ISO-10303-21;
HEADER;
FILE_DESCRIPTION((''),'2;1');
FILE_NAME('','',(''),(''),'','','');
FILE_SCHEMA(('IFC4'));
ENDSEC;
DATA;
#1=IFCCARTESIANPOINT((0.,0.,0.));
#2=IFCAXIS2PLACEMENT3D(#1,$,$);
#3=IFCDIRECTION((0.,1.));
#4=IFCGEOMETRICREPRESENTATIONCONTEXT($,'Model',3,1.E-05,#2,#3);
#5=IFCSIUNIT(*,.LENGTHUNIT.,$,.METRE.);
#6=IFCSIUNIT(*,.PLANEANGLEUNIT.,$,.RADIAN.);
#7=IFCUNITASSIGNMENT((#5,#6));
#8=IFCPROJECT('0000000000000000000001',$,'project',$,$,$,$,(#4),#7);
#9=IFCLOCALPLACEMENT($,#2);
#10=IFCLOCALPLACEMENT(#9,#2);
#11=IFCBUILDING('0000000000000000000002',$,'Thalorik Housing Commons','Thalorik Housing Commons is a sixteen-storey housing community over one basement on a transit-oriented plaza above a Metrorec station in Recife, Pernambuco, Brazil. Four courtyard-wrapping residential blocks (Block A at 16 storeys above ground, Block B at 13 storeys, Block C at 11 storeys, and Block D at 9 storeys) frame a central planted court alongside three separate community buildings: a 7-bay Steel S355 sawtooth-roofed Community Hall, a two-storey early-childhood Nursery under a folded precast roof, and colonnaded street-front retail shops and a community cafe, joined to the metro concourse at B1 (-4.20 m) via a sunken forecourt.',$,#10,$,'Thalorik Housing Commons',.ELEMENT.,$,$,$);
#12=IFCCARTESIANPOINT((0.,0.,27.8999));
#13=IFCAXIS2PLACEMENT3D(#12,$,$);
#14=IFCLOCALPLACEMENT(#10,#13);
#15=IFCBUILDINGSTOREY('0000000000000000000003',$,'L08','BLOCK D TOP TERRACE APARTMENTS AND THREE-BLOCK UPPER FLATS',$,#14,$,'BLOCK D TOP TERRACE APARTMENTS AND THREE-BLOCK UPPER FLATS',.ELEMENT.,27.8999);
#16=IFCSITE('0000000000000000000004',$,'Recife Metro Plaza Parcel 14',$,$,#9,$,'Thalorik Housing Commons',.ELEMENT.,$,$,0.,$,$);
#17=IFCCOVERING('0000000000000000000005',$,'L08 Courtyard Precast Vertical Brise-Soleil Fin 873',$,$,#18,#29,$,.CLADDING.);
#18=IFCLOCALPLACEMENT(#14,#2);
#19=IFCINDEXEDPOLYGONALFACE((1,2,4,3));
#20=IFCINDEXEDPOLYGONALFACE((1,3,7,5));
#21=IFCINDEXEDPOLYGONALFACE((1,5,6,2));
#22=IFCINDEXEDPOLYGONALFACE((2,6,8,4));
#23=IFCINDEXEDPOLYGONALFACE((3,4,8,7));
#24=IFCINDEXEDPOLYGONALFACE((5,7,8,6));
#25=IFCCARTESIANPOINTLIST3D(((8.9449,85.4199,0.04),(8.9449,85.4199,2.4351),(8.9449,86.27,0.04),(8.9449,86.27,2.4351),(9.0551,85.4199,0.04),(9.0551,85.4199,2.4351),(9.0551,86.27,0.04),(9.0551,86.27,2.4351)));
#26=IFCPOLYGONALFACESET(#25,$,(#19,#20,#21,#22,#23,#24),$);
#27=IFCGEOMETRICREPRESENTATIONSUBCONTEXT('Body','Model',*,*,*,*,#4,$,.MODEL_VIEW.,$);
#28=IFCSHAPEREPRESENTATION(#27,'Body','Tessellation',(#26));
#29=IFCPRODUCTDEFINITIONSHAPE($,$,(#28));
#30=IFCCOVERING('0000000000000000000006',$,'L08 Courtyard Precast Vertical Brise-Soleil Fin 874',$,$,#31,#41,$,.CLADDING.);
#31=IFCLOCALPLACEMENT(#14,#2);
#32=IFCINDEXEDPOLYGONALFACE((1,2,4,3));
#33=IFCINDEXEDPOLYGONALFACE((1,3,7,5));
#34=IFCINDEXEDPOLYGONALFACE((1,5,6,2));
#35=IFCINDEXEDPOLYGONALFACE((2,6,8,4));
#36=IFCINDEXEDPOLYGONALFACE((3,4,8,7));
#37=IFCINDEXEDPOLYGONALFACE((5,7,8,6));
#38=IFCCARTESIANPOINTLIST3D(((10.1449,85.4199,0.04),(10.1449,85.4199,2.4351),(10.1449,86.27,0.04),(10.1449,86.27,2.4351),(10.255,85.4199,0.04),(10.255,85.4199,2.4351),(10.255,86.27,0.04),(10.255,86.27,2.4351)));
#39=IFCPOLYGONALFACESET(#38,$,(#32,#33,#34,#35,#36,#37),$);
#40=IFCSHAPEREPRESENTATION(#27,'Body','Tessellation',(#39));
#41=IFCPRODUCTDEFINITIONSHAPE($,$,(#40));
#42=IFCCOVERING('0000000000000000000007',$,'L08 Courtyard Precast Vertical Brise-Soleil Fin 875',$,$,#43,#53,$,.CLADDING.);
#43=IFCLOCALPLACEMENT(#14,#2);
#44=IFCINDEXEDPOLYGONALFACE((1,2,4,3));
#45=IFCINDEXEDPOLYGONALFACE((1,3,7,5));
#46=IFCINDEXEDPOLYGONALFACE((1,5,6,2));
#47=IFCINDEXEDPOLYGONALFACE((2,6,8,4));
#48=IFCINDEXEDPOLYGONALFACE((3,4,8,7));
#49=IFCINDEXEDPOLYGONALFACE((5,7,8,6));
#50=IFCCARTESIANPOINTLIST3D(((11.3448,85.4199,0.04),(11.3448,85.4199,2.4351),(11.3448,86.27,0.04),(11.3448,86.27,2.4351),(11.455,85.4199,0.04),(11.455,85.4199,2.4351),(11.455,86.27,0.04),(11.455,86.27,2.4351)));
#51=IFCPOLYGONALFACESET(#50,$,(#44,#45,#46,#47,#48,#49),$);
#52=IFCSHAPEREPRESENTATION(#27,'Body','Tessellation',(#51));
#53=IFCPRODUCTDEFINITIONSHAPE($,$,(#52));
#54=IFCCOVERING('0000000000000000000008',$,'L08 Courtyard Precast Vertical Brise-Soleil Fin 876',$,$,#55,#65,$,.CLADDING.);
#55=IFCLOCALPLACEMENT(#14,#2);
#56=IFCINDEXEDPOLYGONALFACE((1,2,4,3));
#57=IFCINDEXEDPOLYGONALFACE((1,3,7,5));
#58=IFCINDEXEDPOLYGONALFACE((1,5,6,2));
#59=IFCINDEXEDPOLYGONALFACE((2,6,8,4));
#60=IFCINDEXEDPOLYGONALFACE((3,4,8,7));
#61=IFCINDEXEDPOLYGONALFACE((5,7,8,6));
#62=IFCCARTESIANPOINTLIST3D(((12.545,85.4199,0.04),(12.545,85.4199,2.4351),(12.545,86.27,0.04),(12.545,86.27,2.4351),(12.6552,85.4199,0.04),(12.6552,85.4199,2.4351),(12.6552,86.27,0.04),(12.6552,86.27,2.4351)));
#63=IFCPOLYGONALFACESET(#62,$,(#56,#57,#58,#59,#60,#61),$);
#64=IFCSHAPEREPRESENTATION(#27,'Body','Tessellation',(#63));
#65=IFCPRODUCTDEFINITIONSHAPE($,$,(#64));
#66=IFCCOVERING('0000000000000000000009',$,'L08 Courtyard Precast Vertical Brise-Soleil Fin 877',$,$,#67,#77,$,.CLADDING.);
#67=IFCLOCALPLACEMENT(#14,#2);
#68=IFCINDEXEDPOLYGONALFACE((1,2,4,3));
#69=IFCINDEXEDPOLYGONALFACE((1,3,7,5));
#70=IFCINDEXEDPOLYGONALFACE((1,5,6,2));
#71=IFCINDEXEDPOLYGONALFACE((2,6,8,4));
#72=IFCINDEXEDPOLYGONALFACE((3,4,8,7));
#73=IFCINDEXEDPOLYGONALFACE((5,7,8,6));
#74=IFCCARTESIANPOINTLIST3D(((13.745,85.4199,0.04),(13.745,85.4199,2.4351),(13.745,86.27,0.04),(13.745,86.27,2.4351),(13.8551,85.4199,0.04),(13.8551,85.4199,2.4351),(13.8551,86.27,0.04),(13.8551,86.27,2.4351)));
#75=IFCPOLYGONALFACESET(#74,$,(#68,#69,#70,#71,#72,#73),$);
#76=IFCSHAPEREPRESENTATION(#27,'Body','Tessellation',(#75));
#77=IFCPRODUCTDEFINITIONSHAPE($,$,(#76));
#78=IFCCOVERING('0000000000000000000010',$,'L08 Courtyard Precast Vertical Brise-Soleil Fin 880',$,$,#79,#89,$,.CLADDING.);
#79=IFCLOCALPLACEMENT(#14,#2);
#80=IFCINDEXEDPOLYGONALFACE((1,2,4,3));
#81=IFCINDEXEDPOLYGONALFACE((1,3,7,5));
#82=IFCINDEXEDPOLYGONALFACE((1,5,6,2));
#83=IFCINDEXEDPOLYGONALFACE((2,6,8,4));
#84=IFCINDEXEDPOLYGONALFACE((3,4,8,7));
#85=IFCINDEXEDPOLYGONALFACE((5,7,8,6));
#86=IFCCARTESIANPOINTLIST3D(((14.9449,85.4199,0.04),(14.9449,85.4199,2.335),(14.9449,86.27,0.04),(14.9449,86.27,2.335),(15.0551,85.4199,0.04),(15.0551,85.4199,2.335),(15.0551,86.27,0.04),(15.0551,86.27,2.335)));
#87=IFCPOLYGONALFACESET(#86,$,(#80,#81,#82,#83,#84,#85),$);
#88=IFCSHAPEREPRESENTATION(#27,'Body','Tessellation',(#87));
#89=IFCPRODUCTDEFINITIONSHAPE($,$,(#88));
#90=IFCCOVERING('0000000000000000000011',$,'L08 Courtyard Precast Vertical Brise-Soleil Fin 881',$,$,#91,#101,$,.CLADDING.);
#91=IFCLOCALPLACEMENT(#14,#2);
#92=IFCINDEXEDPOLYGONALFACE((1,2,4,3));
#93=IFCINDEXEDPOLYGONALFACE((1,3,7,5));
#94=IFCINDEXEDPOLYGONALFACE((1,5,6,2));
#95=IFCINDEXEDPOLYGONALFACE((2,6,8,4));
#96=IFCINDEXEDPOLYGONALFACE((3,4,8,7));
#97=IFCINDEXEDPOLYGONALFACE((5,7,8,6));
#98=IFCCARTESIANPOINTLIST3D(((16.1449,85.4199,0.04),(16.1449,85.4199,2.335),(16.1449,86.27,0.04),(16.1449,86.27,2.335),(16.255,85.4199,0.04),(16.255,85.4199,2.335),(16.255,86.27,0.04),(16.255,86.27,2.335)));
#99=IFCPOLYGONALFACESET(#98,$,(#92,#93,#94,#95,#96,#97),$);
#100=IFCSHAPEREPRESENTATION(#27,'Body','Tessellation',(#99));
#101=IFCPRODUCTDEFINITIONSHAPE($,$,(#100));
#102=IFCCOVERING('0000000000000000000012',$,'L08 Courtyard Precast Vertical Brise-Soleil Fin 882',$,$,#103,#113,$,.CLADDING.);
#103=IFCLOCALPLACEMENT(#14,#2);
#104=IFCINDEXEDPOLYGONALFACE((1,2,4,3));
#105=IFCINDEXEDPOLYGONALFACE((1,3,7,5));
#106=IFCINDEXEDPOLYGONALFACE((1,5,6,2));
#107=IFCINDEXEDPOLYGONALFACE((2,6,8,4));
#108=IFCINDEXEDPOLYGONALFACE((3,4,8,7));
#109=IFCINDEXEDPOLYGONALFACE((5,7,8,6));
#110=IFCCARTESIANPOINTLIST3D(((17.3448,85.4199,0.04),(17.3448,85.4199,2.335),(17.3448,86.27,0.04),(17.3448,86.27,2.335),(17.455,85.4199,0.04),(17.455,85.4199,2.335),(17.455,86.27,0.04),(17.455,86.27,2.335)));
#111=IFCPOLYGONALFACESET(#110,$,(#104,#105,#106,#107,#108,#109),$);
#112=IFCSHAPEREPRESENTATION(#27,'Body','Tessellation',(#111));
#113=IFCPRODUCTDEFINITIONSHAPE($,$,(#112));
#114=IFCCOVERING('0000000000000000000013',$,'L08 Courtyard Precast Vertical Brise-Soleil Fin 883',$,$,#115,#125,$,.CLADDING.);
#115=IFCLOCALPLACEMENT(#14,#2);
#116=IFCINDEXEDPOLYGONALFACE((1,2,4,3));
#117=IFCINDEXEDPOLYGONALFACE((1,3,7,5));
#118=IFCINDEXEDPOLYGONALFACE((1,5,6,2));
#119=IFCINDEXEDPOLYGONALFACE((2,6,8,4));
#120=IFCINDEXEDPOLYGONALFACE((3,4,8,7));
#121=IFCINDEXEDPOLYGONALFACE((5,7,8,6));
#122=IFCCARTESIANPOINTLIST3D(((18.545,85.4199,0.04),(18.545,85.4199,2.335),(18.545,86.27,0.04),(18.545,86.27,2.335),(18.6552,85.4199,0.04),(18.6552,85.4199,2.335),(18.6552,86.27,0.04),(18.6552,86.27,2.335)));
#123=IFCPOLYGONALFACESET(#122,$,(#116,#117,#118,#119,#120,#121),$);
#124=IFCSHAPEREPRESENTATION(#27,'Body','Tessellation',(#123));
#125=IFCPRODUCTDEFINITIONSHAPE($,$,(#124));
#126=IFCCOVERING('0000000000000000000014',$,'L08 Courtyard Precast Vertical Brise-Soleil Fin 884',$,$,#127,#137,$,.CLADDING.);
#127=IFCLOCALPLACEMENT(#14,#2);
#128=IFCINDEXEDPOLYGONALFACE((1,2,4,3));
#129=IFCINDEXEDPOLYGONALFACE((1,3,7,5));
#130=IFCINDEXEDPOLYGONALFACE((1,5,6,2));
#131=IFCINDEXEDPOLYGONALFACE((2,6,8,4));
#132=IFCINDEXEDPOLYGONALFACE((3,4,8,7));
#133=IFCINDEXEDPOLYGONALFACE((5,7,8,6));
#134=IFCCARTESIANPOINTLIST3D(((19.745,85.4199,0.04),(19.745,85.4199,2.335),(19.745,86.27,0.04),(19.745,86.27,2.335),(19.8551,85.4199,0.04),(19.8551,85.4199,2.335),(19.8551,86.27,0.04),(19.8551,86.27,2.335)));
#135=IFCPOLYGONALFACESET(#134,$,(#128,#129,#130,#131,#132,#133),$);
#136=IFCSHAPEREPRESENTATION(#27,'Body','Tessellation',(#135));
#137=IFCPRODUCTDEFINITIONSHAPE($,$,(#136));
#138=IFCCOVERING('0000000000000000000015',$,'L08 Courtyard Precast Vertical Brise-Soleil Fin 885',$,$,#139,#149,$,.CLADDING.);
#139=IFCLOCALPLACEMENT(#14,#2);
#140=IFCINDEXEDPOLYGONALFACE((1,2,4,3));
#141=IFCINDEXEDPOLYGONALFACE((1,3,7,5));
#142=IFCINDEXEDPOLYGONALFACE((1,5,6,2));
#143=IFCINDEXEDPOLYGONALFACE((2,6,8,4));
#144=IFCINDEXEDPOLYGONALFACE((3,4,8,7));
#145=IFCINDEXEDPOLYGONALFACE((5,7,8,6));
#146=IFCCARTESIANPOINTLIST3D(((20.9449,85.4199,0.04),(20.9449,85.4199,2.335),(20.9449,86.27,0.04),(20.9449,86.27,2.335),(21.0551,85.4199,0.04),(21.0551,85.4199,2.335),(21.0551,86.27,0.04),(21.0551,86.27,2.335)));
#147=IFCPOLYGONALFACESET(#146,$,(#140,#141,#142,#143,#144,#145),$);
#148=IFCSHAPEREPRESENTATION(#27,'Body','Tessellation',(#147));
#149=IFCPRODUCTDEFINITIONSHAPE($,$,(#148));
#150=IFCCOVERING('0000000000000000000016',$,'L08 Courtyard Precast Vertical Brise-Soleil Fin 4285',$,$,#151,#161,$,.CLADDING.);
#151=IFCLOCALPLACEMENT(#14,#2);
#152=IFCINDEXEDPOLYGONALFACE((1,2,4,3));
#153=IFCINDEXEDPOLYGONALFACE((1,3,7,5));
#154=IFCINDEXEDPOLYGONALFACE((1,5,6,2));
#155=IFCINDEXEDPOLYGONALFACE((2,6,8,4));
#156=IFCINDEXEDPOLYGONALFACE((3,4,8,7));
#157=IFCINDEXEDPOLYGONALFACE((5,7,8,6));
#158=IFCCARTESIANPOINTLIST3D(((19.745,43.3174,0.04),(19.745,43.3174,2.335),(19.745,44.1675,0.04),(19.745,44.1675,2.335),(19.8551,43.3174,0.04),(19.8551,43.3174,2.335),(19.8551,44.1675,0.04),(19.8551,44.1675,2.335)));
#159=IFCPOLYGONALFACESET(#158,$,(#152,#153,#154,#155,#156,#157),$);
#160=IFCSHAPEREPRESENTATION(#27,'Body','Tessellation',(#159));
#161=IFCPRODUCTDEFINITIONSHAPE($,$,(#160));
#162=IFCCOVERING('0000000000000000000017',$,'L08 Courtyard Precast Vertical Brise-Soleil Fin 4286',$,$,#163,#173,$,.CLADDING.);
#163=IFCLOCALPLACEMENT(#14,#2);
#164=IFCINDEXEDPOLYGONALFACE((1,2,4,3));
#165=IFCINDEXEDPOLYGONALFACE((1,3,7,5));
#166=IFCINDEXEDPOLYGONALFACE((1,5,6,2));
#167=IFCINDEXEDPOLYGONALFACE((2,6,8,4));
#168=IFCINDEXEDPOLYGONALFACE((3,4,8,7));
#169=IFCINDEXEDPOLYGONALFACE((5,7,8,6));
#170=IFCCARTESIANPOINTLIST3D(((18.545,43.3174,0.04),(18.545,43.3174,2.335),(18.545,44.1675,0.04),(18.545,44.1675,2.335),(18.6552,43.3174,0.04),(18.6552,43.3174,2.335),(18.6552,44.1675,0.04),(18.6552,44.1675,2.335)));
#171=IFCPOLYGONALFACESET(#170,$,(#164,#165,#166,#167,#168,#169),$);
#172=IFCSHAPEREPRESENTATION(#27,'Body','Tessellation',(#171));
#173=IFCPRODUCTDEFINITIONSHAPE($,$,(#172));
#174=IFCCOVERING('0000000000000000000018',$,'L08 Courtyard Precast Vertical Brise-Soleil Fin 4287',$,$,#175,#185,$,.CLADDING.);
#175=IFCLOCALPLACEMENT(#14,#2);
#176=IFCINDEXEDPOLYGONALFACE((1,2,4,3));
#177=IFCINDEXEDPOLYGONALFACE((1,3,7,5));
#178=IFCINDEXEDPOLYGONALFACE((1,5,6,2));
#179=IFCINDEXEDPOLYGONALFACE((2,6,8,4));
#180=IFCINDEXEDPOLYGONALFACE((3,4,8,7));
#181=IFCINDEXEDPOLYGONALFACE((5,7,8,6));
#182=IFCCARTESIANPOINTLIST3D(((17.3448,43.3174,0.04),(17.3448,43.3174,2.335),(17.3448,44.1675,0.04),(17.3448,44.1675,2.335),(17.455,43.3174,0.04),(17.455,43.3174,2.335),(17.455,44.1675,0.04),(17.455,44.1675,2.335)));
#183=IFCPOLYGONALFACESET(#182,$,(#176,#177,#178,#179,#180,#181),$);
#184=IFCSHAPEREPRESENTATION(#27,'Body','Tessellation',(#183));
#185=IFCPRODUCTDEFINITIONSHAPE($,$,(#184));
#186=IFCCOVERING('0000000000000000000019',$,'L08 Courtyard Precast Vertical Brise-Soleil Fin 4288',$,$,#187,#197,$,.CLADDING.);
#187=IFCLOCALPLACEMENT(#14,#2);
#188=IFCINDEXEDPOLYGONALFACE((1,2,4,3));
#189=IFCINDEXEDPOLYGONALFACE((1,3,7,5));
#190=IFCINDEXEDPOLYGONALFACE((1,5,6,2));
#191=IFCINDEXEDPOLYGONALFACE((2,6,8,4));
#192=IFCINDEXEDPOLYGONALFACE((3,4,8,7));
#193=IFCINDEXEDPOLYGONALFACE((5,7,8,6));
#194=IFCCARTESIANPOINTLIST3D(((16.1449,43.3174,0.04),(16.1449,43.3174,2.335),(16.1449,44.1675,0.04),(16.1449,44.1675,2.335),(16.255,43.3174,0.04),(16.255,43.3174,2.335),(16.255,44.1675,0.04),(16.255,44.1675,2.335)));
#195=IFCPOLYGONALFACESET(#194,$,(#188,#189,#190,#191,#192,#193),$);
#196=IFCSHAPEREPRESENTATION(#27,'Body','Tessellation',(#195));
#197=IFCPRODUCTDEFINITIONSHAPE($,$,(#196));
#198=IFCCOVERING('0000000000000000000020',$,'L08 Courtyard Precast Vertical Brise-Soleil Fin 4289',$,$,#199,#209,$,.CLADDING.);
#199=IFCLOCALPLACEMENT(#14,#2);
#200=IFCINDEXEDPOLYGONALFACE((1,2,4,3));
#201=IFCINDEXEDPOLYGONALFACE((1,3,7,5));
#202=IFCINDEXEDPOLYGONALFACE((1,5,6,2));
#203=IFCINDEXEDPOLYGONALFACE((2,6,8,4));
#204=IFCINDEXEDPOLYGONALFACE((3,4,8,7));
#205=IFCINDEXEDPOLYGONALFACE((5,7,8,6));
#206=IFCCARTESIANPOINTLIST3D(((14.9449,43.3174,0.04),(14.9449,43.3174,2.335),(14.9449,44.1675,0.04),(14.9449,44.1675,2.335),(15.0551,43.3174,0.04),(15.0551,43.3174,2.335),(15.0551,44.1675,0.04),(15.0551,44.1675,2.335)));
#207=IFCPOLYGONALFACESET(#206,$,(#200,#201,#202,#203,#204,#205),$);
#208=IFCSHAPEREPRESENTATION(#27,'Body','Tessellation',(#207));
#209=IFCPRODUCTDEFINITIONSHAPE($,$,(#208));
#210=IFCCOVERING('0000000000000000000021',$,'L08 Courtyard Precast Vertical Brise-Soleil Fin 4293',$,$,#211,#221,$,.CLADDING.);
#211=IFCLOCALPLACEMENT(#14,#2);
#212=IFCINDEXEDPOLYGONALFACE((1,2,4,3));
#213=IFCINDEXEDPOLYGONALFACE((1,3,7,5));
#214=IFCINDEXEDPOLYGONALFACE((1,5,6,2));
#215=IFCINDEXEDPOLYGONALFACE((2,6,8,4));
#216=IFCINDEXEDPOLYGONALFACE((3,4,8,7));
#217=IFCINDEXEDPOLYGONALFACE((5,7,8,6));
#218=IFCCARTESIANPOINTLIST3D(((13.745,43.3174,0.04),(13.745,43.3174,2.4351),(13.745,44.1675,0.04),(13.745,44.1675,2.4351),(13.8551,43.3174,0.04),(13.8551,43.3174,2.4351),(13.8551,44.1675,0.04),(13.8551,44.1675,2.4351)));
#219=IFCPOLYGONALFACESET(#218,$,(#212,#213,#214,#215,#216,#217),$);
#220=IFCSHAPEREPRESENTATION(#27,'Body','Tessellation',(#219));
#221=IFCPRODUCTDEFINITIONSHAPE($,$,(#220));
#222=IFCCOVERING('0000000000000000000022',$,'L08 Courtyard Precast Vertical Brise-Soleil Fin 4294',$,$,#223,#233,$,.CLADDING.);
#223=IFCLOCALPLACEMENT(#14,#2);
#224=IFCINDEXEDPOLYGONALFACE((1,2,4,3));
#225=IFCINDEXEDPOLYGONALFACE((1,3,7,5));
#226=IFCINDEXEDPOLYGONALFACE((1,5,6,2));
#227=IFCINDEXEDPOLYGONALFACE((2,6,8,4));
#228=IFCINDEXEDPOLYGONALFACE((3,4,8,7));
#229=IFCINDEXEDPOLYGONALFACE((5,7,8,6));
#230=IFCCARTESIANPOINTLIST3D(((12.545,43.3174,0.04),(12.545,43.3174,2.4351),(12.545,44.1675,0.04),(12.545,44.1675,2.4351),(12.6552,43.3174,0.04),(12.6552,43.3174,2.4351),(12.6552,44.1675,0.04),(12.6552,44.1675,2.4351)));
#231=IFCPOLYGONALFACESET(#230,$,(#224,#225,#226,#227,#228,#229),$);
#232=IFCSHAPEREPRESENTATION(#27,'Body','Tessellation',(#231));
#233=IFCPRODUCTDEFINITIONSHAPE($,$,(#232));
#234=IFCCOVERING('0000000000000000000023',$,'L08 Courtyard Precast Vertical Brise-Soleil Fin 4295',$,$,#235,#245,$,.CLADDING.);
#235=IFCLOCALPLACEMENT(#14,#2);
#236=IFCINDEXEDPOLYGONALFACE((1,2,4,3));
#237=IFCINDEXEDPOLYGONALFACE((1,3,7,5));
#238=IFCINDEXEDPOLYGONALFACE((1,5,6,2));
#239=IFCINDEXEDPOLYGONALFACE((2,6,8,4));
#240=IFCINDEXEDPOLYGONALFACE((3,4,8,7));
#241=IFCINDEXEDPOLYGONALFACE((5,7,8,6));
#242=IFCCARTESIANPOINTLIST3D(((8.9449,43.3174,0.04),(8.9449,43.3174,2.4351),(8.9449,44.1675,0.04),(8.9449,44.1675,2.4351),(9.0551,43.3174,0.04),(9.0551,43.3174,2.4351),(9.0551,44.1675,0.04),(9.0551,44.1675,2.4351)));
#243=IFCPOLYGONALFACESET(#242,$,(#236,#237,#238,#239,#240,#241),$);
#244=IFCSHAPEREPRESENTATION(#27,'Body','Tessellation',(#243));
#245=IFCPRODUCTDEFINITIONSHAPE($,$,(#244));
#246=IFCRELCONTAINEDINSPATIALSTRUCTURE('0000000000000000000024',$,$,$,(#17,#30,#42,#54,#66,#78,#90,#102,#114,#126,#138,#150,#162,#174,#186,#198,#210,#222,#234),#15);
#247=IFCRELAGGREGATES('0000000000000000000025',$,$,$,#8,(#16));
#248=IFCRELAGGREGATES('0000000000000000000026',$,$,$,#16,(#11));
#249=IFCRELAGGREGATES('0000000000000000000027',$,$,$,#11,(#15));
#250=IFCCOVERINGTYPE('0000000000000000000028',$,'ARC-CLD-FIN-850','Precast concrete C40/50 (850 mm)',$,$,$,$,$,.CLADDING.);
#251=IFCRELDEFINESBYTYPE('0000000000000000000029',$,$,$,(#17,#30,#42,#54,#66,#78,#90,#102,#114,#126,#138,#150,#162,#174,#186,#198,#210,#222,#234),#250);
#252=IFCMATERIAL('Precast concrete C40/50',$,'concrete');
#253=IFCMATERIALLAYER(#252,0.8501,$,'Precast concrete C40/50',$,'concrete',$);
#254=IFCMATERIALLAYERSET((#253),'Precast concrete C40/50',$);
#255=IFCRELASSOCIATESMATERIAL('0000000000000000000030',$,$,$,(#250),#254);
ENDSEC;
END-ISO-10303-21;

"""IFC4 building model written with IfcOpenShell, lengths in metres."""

from ifc_helpers import new_model, si_unit, direction, frame, origin, origin_2d, place, context, subcontext, project, spatial, rectangle, extrude, material, layer, layer_set, type_object, element, save


model = new_model("IFC4")

# Units and contexts
model_context = context("Model", 3, precision=1e-05, world=origin(), true_north=direction((0.0, 1.0)))
body_context = subcontext(model_context, "Body", "Model", "MODEL_VIEW")
ifc_project = project(units=[si_unit("LENGTHUNIT", "METRE"), si_unit("PLANEANGLEUNIT", "RADIAN")], contexts=[model_context])

# Site, building, storey
site_placement = place(None, origin())
site = spatial("IfcSite", under=ifc_project, at=site_placement, Name="Recife Metro Plaza Parcel 14", LongName="Thalorik Housing Commons", CompositionType="ELEMENT", RefElevation=0.0)
building_placement = place(site_placement, origin())
building = spatial("IfcBuilding", under=site, at=building_placement, Name="Thalorik Housing Commons", Description="Thalorik Housing Commons is a sixteen-storey housing community over one basement on a transit-oriented plaza above a Metrorec station in Recife, Pernambuco, Brazil. Four courtyard-wrapping residential blocks (Block A at 16 storeys above ground, Block B at 13 storeys, Block C at 11 storeys, and Block D at 9 storeys) frame a central planted court alongside three separate community buildings: a 7-bay Steel S355 sawtooth-roofed Community Hall, a two-storey early-childhood Nursery under a folded precast roof, and colonnaded street-front retail shops and a community cafe, joined to the metro concourse at B1 (-4.20 m) via a sunken forecourt.", LongName="Thalorik Housing Commons", CompositionType="ELEMENT")
storey_placement = place(building_placement, frame((0.0, 0.0, 27.8999)))
storey = spatial("IfcBuildingStorey", under=building, at=storey_placement, Name="L08", Description="BLOCK D TOP TERRACE APARTMENTS AND THREE-BLOCK UPPER FLATS", LongName="BLOCK D TOP TERRACE APARTMENTS AND THREE-BLOCK UPPER FLATS", CompositionType="ELEMENT", Elevation=27.8999)

# Coverings
ifc_material_1 = material(Name="Precast concrete C40/50", Category="concrete")
ifc_layer = layer(ifc_material_1, 0.8501, Name="Precast concrete C40/50", Category="concrete")
ifc_layer_set = layer_set([ifc_layer], Name="Precast concrete C40/50")
covering_type = type_object("IfcCoveringType", Name="ARC-CLD-FIN-850", Description="Precast concrete C40/50 (850 mm)", PredefinedType="CLADDING", material=ifc_layer_set)
for number, where, z_axis, x_axis, name in (
    (1, (9.0, 85.845, 0.04), (0.0, 0.0, 1.0), (1.0, 0.0, 0.0), "L08 Courtyard Precast Vertical Brise-Soleil Fin 873"),
    (2, (10.2, 85.845, 0.04), (0.0, 0.0, 1.0), (1.0, 0.0, 0.0), "L08 Courtyard Precast Vertical Brise-Soleil Fin 874"),
    (3, (11.3999, 85.845, 0.04), (0.0, 0.0, 1.0), (1.0, 0.0, 0.0), "L08 Courtyard Precast Vertical Brise-Soleil Fin 875"),
    (4, (12.6001, 85.845, 0.04), (0.0, 0.0, 1.0), (1.0, 0.0, 0.0), "L08 Courtyard Precast Vertical Brise-Soleil Fin 876"),
    (5, (13.8, 85.845, 0.04), (0.0, 0.0, 1.0), (1.0, 0.0, 0.0), "L08 Courtyard Precast Vertical Brise-Soleil Fin 877"),
):
    element("IfcCovering", number, at=place(storey_placement, frame(where, z_axis=z_axis, x_axis=x_axis)), inside=storey, type_object=covering_type, Name=name, PredefinedType="CLADDING", context=body_context, shape_type="SweptSolid", body=[
        extrude(rectangle(XDim=0.1101, YDim=0.8501, at=origin_2d()), origin(), (0.0, 0.0, 1.0), 2.395),
    ])
for number, where, z_axis, x_axis, name in (
    (6, (15.0, 85.845, 0.04), (0.0, 0.0, 1.0), (1.0, 0.0, 0.0), "L08 Courtyard Precast Vertical Brise-Soleil Fin 880"),
    (7, (16.2, 85.845, 0.04), (0.0, 0.0, 1.0), (1.0, 0.0, 0.0), "L08 Courtyard Precast Vertical Brise-Soleil Fin 881"),
    (8, (17.3999, 85.845, 0.04), (0.0, 0.0, 1.0), (1.0, 0.0, 0.0), "L08 Courtyard Precast Vertical Brise-Soleil Fin 882"),
    (9, (18.6001, 85.845, 0.04), (0.0, 0.0, 1.0), (1.0, 0.0, 0.0), "L08 Courtyard Precast Vertical Brise-Soleil Fin 883"),
    (10, (19.8, 85.845, 0.04), (0.0, 0.0, 1.0), (1.0, 0.0, 0.0), "L08 Courtyard Precast Vertical Brise-Soleil Fin 884"),
    (11, (21.0, 85.845, 0.04), (0.0, 0.0, 1.0), (1.0, 0.0, 0.0), "L08 Courtyard Precast Vertical Brise-Soleil Fin 885"),
    (12, (19.8, 43.7424, 0.04), (0.0, 0.0, 1.0), (-1.0, 0.0, 0.0), "L08 Courtyard Precast Vertical Brise-Soleil Fin 4285"),
    (13, (18.6001, 43.7424, 0.04), (0.0, 0.0, 1.0), (-1.0, 0.0, 0.0), "L08 Courtyard Precast Vertical Brise-Soleil Fin 4286"),
    (14, (17.3999, 43.7424, 0.04), (0.0, 0.0, 1.0), (-1.0, 0.0, 0.0), "L08 Courtyard Precast Vertical Brise-Soleil Fin 4287"),
    (15, (16.2, 43.7424, 0.04), (0.0, 0.0, 1.0), (-1.0, 0.0, 0.0), "L08 Courtyard Precast Vertical Brise-Soleil Fin 4288"),
    (16, (15.0, 43.7424, 0.04), (0.0, 0.0, 1.0), (-1.0, 0.0, 0.0), "L08 Courtyard Precast Vertical Brise-Soleil Fin 4289"),
):
    element("IfcCovering", number, at=place(storey_placement, frame(where, z_axis=z_axis, x_axis=x_axis)), inside=storey, type_object=covering_type, Name=name, PredefinedType="CLADDING", context=body_context, shape_type="SweptSolid", body=[
        extrude(rectangle(XDim=0.1101, YDim=0.8501, at=origin_2d()), origin(), (0.0, 0.0, 1.0), 2.2949),
    ])
for number, where, z_axis, x_axis, name in (
    (17, (13.8, 43.7424, 0.04), (0.0, 0.0, 1.0), (-1.0, 0.0, 0.0), "L08 Courtyard Precast Vertical Brise-Soleil Fin 4293"),
    (18, (12.6001, 43.7424, 0.04), (0.0, 0.0, 1.0), (-1.0, 0.0, 0.0), "L08 Courtyard Precast Vertical Brise-Soleil Fin 4294"),
    (19, (9.0, 43.7424, 0.04), (0.0, 0.0, 1.0), (-1.0, 0.0, 0.0), "L08 Courtyard Precast Vertical Brise-Soleil Fin 4295"),
):
    element("IfcCovering", number, at=place(storey_placement, frame(where, z_axis=z_axis, x_axis=x_axis)), inside=storey, type_object=covering_type, Name=name, PredefinedType="CLADDING", context=body_context, shape_type="SweptSolid", body=[
        extrude(rectangle(XDim=0.1101, YDim=0.8501, at=origin_2d()), origin(), (0.0, 0.0, 1.0), 2.395),
    ])

save(model, "model.ifc")
